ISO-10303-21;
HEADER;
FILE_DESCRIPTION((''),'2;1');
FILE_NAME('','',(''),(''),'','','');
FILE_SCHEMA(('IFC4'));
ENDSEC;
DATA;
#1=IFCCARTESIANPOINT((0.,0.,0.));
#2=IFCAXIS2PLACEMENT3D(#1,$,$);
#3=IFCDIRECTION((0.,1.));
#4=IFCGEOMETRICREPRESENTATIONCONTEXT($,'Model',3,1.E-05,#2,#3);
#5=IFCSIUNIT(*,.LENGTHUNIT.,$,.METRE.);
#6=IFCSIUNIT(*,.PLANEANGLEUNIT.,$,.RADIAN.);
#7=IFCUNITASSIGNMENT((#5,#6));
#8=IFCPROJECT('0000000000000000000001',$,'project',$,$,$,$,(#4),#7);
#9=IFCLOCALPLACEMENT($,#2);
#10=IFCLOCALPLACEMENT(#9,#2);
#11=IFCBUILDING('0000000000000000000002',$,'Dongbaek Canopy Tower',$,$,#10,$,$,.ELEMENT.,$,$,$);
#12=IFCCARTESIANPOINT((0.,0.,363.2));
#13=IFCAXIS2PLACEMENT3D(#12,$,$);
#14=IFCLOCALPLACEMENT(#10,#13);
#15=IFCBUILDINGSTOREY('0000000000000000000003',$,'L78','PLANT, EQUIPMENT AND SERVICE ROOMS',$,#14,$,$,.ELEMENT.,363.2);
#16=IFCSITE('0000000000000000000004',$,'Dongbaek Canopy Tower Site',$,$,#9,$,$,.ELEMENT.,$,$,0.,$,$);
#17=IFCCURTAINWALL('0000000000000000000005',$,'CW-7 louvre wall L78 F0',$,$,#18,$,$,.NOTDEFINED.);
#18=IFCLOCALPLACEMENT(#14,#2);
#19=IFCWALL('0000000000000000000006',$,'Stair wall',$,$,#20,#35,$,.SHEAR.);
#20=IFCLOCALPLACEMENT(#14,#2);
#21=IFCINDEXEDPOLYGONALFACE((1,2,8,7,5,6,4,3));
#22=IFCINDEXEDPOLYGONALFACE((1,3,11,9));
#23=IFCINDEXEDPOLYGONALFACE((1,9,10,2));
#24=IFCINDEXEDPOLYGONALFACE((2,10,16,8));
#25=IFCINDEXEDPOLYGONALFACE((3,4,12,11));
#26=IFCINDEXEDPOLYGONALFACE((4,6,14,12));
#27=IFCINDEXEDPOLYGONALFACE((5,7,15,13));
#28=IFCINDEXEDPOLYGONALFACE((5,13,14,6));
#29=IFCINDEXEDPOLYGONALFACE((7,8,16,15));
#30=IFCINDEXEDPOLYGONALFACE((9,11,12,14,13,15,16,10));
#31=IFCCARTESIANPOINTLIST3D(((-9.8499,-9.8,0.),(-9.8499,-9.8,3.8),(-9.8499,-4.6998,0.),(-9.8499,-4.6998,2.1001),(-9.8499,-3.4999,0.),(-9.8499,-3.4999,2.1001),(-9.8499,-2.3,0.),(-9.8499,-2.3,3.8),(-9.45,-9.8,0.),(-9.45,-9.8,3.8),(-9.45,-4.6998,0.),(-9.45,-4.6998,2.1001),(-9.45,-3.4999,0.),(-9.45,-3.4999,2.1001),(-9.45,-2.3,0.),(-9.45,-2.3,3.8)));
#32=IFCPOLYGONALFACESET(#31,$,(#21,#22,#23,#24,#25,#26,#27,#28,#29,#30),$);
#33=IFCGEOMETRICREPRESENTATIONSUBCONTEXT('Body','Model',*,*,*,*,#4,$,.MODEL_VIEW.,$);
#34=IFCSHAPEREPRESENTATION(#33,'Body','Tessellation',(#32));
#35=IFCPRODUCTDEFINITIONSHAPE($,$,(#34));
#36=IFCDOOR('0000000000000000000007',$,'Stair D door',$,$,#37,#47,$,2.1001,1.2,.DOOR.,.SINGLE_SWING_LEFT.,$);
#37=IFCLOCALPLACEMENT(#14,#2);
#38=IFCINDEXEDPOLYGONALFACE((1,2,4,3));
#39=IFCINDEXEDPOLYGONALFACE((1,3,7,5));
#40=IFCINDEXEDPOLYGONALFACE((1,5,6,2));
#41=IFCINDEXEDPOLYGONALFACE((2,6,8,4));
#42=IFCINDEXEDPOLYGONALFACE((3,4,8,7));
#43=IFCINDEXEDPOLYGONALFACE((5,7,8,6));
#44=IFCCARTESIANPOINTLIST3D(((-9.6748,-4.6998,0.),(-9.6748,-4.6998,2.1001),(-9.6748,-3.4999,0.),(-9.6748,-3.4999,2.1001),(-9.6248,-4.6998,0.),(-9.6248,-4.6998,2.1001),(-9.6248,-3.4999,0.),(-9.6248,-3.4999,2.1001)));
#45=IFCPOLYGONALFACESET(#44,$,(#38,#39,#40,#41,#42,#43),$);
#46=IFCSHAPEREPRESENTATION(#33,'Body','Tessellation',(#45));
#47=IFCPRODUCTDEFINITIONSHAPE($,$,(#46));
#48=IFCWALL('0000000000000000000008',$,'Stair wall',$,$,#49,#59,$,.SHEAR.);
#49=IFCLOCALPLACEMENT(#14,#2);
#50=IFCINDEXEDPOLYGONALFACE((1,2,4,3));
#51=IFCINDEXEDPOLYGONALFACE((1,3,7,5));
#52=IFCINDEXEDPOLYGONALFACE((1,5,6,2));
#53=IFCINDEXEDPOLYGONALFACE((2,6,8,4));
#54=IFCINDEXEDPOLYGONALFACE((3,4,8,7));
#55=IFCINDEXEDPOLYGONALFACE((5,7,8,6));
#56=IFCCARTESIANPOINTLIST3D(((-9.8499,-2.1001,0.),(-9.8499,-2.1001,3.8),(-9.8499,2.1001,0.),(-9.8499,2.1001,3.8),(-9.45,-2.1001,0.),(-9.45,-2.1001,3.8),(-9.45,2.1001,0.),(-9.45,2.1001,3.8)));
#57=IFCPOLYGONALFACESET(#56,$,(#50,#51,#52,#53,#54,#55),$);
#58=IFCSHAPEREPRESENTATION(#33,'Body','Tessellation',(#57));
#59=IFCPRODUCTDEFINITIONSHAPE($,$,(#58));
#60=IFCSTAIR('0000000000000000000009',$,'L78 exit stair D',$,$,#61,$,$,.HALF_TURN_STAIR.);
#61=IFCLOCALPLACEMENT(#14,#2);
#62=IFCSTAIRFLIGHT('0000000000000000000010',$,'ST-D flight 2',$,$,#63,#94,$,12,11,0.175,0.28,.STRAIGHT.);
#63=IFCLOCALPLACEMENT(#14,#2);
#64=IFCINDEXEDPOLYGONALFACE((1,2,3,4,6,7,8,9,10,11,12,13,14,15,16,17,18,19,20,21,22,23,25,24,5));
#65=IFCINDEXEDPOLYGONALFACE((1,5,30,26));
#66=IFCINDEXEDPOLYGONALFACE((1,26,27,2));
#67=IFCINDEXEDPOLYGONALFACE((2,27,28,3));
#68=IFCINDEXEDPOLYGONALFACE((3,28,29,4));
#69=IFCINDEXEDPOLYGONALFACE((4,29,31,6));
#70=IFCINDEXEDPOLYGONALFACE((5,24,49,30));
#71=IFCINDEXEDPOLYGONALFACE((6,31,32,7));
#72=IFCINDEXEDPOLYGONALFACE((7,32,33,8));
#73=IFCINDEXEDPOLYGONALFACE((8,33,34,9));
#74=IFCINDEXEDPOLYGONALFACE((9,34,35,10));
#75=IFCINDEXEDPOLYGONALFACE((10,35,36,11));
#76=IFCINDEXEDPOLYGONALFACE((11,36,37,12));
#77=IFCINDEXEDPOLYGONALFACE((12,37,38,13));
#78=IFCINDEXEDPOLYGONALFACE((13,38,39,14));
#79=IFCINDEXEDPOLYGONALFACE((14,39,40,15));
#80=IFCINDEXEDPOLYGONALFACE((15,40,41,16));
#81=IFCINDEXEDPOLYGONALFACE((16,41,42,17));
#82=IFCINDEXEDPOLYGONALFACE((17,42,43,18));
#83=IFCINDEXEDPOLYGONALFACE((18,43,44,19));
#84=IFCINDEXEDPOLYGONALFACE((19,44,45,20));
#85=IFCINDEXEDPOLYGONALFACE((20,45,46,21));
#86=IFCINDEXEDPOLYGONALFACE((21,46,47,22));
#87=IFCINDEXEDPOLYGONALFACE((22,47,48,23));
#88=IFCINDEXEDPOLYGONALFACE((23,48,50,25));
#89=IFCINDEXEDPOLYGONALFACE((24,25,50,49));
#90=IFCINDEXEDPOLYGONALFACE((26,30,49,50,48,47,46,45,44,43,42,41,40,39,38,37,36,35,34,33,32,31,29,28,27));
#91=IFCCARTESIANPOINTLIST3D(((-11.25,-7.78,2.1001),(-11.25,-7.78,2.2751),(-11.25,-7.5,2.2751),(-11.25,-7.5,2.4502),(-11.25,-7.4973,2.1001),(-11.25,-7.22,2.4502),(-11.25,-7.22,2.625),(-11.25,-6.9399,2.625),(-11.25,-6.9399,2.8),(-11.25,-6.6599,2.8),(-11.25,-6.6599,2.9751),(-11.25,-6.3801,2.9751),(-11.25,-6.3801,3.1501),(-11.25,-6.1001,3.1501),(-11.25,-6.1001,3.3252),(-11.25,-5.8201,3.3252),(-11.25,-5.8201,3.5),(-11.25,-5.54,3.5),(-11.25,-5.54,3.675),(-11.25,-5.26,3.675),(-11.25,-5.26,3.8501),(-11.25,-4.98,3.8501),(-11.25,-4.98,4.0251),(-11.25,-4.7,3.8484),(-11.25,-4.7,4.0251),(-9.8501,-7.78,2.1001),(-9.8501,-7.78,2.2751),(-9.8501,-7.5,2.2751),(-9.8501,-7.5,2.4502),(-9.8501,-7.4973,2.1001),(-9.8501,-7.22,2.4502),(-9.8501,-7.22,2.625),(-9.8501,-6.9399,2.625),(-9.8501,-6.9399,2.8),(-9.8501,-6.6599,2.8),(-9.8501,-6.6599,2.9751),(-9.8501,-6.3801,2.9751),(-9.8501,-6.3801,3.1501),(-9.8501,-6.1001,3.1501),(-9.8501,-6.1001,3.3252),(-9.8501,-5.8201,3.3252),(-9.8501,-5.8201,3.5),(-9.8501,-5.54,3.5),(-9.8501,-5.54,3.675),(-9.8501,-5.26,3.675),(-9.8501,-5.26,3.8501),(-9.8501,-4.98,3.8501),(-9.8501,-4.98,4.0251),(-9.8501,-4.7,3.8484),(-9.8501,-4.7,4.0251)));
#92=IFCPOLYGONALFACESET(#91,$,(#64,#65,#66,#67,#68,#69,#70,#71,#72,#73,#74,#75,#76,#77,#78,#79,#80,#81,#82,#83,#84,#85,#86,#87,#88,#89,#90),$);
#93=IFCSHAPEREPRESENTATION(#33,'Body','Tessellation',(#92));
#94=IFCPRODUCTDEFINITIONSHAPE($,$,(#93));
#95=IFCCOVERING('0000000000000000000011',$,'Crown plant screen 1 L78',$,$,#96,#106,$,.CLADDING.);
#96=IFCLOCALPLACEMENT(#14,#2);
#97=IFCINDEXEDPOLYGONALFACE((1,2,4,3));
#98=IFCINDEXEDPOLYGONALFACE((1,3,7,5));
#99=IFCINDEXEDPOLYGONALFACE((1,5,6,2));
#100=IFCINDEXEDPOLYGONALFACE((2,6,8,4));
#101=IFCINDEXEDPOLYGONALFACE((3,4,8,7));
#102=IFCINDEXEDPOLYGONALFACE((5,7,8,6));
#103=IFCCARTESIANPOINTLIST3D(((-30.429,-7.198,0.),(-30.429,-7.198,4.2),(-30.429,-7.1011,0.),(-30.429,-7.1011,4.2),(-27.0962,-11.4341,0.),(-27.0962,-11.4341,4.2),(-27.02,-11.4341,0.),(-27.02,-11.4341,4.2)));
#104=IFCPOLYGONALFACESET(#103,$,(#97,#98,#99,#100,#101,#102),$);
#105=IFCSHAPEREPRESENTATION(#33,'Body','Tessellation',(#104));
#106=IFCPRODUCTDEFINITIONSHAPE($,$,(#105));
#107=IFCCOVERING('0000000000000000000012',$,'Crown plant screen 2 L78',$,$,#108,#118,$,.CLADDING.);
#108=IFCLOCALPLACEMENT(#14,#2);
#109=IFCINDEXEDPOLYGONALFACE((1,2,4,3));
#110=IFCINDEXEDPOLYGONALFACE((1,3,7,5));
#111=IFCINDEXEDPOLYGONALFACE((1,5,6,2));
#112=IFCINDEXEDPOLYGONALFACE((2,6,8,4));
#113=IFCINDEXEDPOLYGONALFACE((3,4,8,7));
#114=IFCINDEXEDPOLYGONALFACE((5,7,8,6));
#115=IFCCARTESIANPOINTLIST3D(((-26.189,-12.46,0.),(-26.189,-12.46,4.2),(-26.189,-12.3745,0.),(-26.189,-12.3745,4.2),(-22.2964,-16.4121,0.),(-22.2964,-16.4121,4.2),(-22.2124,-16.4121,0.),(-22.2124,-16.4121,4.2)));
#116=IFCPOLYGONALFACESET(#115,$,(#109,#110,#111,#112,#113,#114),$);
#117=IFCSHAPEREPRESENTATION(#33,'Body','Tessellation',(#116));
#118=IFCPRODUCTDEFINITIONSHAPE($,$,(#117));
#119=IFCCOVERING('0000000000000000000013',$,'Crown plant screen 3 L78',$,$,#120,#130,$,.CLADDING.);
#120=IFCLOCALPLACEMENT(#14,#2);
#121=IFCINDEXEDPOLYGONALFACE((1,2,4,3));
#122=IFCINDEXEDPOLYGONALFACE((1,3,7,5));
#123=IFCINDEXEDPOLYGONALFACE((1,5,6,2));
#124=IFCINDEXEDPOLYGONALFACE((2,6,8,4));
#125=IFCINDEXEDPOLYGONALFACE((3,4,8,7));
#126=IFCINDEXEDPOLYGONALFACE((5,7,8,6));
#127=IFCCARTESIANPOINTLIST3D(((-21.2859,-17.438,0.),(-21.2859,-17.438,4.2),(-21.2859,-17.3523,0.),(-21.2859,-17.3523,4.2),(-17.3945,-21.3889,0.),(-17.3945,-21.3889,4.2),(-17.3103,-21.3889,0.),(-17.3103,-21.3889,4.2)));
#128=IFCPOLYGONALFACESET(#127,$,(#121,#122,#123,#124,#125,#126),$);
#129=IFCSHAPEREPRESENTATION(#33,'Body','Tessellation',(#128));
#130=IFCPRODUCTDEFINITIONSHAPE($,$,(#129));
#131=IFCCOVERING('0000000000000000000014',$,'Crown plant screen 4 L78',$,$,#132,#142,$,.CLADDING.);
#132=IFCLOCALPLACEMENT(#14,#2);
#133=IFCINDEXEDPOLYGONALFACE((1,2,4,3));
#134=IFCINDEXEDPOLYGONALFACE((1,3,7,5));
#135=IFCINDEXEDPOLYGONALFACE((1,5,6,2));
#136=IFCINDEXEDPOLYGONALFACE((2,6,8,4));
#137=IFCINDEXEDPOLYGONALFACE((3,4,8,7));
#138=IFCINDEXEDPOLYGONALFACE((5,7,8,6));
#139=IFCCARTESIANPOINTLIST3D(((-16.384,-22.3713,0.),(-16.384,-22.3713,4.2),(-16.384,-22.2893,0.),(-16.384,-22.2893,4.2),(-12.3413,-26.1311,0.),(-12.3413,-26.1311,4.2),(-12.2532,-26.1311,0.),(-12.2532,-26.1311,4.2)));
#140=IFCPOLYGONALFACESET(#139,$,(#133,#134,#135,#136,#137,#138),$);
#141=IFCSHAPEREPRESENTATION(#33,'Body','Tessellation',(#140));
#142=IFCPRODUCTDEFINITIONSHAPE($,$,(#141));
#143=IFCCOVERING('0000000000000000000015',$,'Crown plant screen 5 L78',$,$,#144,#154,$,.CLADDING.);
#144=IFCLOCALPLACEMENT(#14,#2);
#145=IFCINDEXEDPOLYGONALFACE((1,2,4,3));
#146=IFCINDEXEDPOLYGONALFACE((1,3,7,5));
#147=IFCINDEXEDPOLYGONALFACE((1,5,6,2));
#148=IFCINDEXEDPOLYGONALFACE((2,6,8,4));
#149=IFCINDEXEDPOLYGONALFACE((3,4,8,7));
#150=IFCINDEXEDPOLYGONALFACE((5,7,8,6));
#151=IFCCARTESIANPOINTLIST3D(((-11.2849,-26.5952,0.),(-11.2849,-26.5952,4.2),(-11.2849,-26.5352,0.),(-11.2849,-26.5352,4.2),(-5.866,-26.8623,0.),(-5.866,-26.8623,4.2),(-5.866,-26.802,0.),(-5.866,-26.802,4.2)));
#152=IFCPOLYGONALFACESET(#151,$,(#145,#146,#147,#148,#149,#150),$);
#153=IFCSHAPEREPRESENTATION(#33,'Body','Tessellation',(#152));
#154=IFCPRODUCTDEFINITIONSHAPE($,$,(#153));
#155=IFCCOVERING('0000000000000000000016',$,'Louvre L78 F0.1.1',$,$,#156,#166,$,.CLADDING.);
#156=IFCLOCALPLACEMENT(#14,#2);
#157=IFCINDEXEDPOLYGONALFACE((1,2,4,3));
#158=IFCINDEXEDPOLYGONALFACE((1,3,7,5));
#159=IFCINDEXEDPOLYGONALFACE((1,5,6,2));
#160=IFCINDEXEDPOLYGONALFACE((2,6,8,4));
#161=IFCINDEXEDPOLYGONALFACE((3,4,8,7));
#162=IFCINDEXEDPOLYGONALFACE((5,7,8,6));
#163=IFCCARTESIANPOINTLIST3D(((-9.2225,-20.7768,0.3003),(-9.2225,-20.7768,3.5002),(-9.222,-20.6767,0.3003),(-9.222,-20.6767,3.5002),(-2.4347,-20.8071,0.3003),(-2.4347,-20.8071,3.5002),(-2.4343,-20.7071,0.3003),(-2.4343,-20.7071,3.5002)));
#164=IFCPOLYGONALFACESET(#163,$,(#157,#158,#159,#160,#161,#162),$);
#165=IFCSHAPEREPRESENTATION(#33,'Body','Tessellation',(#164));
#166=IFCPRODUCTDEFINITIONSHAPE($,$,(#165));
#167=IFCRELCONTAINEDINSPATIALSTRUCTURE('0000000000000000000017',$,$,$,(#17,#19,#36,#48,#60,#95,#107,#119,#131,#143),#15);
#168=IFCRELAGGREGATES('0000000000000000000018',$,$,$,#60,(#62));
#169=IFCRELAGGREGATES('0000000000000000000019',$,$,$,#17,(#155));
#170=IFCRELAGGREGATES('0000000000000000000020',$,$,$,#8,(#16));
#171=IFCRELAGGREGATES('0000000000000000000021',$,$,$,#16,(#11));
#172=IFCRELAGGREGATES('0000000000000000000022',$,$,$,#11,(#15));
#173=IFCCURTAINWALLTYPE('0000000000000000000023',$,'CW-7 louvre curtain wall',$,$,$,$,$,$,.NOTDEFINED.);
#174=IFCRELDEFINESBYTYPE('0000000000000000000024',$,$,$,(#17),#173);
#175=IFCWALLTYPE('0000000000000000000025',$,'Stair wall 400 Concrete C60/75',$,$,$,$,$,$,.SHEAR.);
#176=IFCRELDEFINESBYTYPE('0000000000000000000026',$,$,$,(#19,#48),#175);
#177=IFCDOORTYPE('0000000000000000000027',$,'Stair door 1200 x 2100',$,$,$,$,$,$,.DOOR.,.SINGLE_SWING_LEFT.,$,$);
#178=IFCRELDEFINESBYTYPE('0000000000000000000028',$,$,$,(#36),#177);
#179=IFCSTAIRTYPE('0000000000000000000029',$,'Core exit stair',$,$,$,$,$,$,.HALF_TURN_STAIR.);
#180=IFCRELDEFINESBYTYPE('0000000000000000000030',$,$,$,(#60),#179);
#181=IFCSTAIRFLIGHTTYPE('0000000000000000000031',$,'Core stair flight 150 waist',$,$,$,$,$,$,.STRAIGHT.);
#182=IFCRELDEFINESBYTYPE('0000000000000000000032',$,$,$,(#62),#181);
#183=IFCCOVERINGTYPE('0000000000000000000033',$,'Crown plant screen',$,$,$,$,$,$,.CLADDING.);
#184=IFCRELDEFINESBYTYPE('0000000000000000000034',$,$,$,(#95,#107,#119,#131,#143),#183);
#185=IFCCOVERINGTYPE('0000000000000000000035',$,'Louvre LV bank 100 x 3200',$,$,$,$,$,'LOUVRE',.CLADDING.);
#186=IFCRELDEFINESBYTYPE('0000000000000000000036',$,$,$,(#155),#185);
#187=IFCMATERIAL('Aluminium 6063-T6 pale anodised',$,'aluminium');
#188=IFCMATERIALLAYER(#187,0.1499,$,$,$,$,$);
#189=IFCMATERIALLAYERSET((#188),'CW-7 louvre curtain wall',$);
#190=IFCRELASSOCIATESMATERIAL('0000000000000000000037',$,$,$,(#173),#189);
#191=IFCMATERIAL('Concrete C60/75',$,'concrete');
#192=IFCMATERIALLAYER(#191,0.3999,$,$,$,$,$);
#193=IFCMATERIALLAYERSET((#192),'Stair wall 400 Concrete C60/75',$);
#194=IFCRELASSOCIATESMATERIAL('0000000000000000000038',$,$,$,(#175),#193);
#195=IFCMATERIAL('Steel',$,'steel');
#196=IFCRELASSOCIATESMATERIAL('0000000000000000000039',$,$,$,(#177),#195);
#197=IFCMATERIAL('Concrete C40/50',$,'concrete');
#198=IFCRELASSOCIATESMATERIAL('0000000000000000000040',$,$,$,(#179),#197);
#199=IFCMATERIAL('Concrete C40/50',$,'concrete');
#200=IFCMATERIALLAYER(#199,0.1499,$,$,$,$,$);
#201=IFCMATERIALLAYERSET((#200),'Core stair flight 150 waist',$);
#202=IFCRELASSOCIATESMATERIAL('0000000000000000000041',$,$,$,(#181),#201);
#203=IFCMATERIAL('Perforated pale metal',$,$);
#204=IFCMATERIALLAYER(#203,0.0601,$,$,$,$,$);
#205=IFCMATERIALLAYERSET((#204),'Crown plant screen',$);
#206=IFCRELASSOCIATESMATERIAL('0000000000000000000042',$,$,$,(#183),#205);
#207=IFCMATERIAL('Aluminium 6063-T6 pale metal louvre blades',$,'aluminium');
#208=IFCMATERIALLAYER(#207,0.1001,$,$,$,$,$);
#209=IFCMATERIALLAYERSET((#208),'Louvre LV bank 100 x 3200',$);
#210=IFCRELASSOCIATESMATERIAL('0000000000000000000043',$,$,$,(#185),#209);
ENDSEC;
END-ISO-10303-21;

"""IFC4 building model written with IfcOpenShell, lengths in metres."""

from ifc_helpers import new_model, si_unit, direction, frame, frame_2d, origin, origin_2d, place, context, subcontext, project, spatial, polyline, rectangle, outline, extrude, material, layer, layer_set, type_object, element, fill, aggregate, save


model = new_model("IFC4")

# Units and contexts
model_context = context("Model", 3, precision=1e-05, world=origin(), true_north=direction((0.0, 1.0)))
body_context = subcontext(model_context, "Body", "Model", "MODEL_VIEW")
ifc_project = project(units=[si_unit("LENGTHUNIT", "METRE"), si_unit("PLANEANGLEUNIT", "RADIAN")], contexts=[model_context])

# Site, building, storey
site_placement = place(None, origin())
site = spatial("IfcSite", under=ifc_project, at=site_placement, Name="Dongbaek Canopy Tower Site", CompositionType="ELEMENT", RefElevation=0.0)
building_placement = place(site_placement, origin())
building = spatial("IfcBuilding", under=site, at=building_placement, Name="Dongbaek Canopy Tower", CompositionType="ELEMENT")
storey_placement = place(building_placement, frame((0.0, 0.0, 363.2)))
storey = spatial("IfcBuildingStorey", under=building, at=storey_placement, Name="L78", Description="PLANT, EQUIPMENT AND SERVICE ROOMS", CompositionType="ELEMENT", Elevation=363.2)

# Curtain wall
ifc_material_1 = material(Name="Aluminium 6063-T6 pale anodised", Category="aluminium")
ifc_layer_1 = layer(ifc_material_1, 0.1499)
ifc_layer_set_1 = layer_set([ifc_layer_1], Name="CW-7 louvre curtain wall")
curtain_wall_type = type_object("IfcCurtainWallType", Name="CW-7 louvre curtain wall", PredefinedType="NOTDEFINED", material=ifc_layer_set_1)
curtain_wall_1_placement = place(storey_placement, origin())
curtain_wall_1 = element("IfcCurtainWall", 1, at=curtain_wall_1_placement, inside=storey, type_object=curtain_wall_type, Name="CW-7 louvre wall L78 F0", PredefinedType="NOTDEFINED")

# Wall, opening, door
ifc_material_2 = material(Name="Concrete C60/75", Category="concrete")
ifc_layer_2 = layer(ifc_material_2, 0.3999)
ifc_layer_set_2 = layer_set([ifc_layer_2], Name="Stair wall 400 Concrete C60/75")
wall_type_1 = type_object("IfcWallType", Name="Stair wall 400 Concrete C60/75", PredefinedType="SHEAR", material=ifc_layer_set_2)
wall_1_placement = place(storey_placement, frame((-9.6499, -9.8, 0.0), z_axis=(0.0, 0.0, 1.0), x_axis=(0.0, 1.0, 0.0)))
wall_1 = element("IfcWall", 2, at=wall_1_placement, inside=storey, type_object=wall_type_1, Name="Stair wall", PredefinedType="SHEAR", context=body_context, shape_type="SweptSolid", body=[
    extrude(rectangle(XDim=7.5, YDim=0.3999, at=frame_2d((3.75, 0.0))), origin(), (0.0, 0.0, 1.0), 3.8),
])
opening_1_placement = place(wall_1_placement, frame((5.1001, 0.0, 0.0)))
opening_1 = element("IfcOpeningElement", 3, at=opening_1_placement, cuts=wall_1, PredefinedType="OPENING", context=body_context, shape_type="SweptSolid", body=[
    extrude(rectangle(XDim=1.2, YDim=2.1001, at=frame_2d((0.6001, 1.05))), frame((0.0, 0.21, 0.0), z_axis=(0.0, -1.0, 0.0), x_axis=(1.0, 0.0, 0.0)), (0.0, 0.0, 1.0), 0.4199),
])
ifc_material_3 = material(Name="Steel", Category="steel")
door_type_1 = type_object("IfcDoorType", Name="Stair door 1200 x 2100", OperationType="SINGLE_SWING_LEFT", PredefinedType="DOOR", material=ifc_material_3)
door_1_placement = place(opening_1_placement, origin())
door_1 = element("IfcDoor", 4, at=door_1_placement, inside=storey, type_object=door_type_1, Name="Stair D door", OperationType="SINGLE_SWING_LEFT", OverallHeight=2.1001, OverallWidth=1.2, PredefinedType="DOOR", context=body_context, shape_type="SweptSolid", body=[
    extrude(rectangle(XDim=1.2, YDim=2.1001, at=frame_2d((0.6001, 1.05))), frame((0.0, 0.0249, 0.0), z_axis=(0.0, -1.0, 0.0), x_axis=(1.0, 0.0, 0.0)), (0.0, 0.0, 1.0), 0.05),
])
fill(opening_1, door_1)

# Wall
wall_2_placement = place(storey_placement, frame((-9.6499, -2.1001, 0.0), z_axis=(0.0, 0.0, 1.0), x_axis=(0.0, 1.0, 0.0)))
element("IfcWall", 5, at=wall_2_placement, inside=storey, type_object=wall_type_1, Name="Stair wall", PredefinedType="SHEAR", context=body_context, shape_type="SweptSolid", body=[
    extrude(rectangle(XDim=4.2002, YDim=0.3999, at=frame_2d((2.1001, 0.0))), origin(), (0.0, 0.0, 1.0), 3.8),
])

# Stair, stair flight
ifc_material_4 = material(Name="Concrete C40/50", Category="concrete")
stair_type = type_object("IfcStairType", Name="Core exit stair", PredefinedType="HALF_TURN_STAIR", material=ifc_material_4)
stair_placement = place(storey_placement, origin())
stair = element("IfcStair", 6, at=stair_placement, inside=storey, type_object=stair_type, Name="L78 exit stair D", PredefinedType="HALF_TURN_STAIR")
ifc_material_5 = material(Name="Concrete C40/50", Category="concrete")
ifc_layer_3 = layer(ifc_material_5, 0.1499)
ifc_layer_set_3 = layer_set([ifc_layer_3], Name="Core stair flight 150 waist")
stair_flight_type = type_object("IfcStairFlightType", Name="Core stair flight 150 waist", PredefinedType="STRAIGHT", material=ifc_layer_set_3)
stair_flight_placement = place(storey_placement, frame((-10.55, -7.78, 2.1001), z_axis=(0.0, 0.0, 1.0), x_axis=(0.0, 1.0, 0.0)))
stair_flight = element("IfcStairFlight", 7, at=stair_flight_placement, type_object=stair_flight_type, Name="ST-D flight 2", NumberOfRisers=12, NumberOfTreads=11, PredefinedType="STRAIGHT", RiserHeight=0.175, TreadLength=0.28, context=body_context, shape_type="SweptSolid", body=[
    extrude(outline(polyline([(0.0, 0.0), (0.0, 0.175), (0.28, 0.175), (0.28, 0.3501), (0.5601, 0.3501), (0.5601, 0.5249), (0.8401, 0.5249), (0.8401, 0.7), (1.1201, 0.7), (1.1201, 0.875), (1.3999, 0.875), (1.3999, 1.05), (1.6799, 1.05), (1.6799, 1.2251), (1.96, 1.2251), (1.96, 1.3999), (2.24, 1.3999), (2.24, 1.575), (2.52, 1.575), (2.52, 1.75), (2.8, 1.75), (2.8, 1.925), (3.0801, 1.925), (3.0801, 2.1001), (3.0801, 1.7483), (0.2827, 0.0), (0.0, 0.0)])), frame((0.0, 0.7, 0.0), z_axis=(0.0, -1.0, 0.0), x_axis=(1.0, 0.0, 0.0)), (0.0, 0.0, 1.0), 1.3999),
])
aggregate(stair, [stair_flight])

# Coverings
ifc_material_6 = material(Name="Perforated pale metal")
ifc_layer_4 = layer(ifc_material_6, 0.0601)
ifc_layer_set_4 = layer_set([ifc_layer_4], Name="Crown plant screen")
covering_type_1 = type_object("IfcCoveringType", Name="Crown plant screen", PredefinedType="CLADDING", material=ifc_layer_set_4)
covering_1_placement = place(storey_placement, origin())
element("IfcCovering", 8, at=covering_1_placement, inside=storey, type_object=covering_type_1, Name="Crown plant screen 1 L78", PredefinedType="CLADDING", context=body_context, shape_type="SweptSolid", body=[
    extrude(outline(polyline([(-30.429, -7.198), (-30.429, -7.1011), (-27.02, -11.4341), (-27.0962, -11.4341), (-30.429, -7.198)])), origin(), (0.0, 0.0, 1.0), 4.2),
])
covering_2_placement = place(storey_placement, origin())
element("IfcCovering", 9, at=covering_2_placement, inside=storey, type_object=covering_type_1, Name="Crown plant screen 2 L78", PredefinedType="CLADDING", context=body_context, shape_type="SweptSolid", body=[
    extrude(outline(polyline([(-26.189, -12.46), (-26.189, -12.3745), (-22.2124, -16.4121), (-22.2964, -16.4121), (-26.189, -12.46)])), origin(), (0.0, 0.0, 1.0), 4.2),
])
covering_3_placement = place(storey_placement, origin())
element("IfcCovering", 10, at=covering_3_placement, inside=storey, type_object=covering_type_1, Name="Crown plant screen 3 L78", PredefinedType="CLADDING", context=body_context, shape_type="SweptSolid", body=[
    extrude(outline(polyline([(-21.2859, -17.438), (-21.2859, -17.3523), (-17.3103, -21.3889), (-17.3945, -21.3889), (-21.2859, -17.438)])), origin(), (0.0, 0.0, 1.0), 4.2),
])
covering_4_placement = place(storey_placement, origin())
element("IfcCovering", 11, at=covering_4_placement, inside=storey, type_object=covering_type_1, Name="Crown plant screen 4 L78", PredefinedType="CLADDING", context=body_context, shape_type="SweptSolid", body=[
    extrude(outline(polyline([(-16.384, -22.3713), (-16.384, -22.2893), (-12.2532, -26.1311), (-12.3413, -26.1311), (-16.384, -22.3713)])), origin(), (0.0, 0.0, 1.0), 4.2),
])
covering_5_placement = place(storey_placement, origin())
element("IfcCovering", 12, at=covering_5_placement, inside=storey, type_object=covering_type_1, Name="Crown plant screen 5 L78", PredefinedType="CLADDING", context=body_context, shape_type="SweptSolid", body=[
    extrude(outline(polyline([(-11.2849, -26.5952), (-11.2849, -26.5352), (-5.866, -26.802), (-5.866, -26.8623), (-11.2849, -26.5952)])), origin(), (0.0, 0.0, 1.0), 4.2),
])

# Covering
ifc_material_7 = material(Name="Aluminium 6063-T6 pale metal louvre blades", Category="aluminium")
ifc_layer_5 = layer(ifc_material_7, 0.1001)
ifc_layer_set_5 = layer_set([ifc_layer_5], Name="Louvre LV bank 100 x 3200")
covering_type_2 = type_object("IfcCoveringType", Name="Louvre LV bank 100 x 3200", ElementType="LOUVRE", PredefinedType="CLADDING", material=ifc_layer_set_5)
covering_6_placement = place(storey_placement, frame((-5.8284, -20.7419, 0.3003), z_axis=(0.0, 0.0, 1.0), x_axis=(0.99999, -0.004466, 0.0)))
covering_6 = element("IfcCovering", 13, at=covering_6_placement, type_object=covering_type_2, Name="Louvre L78 F0.1.1", PredefinedType="CLADDING", context=body_context, shape_type="SweptSolid", body=[
    extrude(rectangle(XDim=6.7878, YDim=0.1001, at=origin_2d()), origin(), (0.0, 0.0, 1.0), 3.2),
])

aggregate(curtain_wall_1, [covering_6])

save(model, "model.ifc")
